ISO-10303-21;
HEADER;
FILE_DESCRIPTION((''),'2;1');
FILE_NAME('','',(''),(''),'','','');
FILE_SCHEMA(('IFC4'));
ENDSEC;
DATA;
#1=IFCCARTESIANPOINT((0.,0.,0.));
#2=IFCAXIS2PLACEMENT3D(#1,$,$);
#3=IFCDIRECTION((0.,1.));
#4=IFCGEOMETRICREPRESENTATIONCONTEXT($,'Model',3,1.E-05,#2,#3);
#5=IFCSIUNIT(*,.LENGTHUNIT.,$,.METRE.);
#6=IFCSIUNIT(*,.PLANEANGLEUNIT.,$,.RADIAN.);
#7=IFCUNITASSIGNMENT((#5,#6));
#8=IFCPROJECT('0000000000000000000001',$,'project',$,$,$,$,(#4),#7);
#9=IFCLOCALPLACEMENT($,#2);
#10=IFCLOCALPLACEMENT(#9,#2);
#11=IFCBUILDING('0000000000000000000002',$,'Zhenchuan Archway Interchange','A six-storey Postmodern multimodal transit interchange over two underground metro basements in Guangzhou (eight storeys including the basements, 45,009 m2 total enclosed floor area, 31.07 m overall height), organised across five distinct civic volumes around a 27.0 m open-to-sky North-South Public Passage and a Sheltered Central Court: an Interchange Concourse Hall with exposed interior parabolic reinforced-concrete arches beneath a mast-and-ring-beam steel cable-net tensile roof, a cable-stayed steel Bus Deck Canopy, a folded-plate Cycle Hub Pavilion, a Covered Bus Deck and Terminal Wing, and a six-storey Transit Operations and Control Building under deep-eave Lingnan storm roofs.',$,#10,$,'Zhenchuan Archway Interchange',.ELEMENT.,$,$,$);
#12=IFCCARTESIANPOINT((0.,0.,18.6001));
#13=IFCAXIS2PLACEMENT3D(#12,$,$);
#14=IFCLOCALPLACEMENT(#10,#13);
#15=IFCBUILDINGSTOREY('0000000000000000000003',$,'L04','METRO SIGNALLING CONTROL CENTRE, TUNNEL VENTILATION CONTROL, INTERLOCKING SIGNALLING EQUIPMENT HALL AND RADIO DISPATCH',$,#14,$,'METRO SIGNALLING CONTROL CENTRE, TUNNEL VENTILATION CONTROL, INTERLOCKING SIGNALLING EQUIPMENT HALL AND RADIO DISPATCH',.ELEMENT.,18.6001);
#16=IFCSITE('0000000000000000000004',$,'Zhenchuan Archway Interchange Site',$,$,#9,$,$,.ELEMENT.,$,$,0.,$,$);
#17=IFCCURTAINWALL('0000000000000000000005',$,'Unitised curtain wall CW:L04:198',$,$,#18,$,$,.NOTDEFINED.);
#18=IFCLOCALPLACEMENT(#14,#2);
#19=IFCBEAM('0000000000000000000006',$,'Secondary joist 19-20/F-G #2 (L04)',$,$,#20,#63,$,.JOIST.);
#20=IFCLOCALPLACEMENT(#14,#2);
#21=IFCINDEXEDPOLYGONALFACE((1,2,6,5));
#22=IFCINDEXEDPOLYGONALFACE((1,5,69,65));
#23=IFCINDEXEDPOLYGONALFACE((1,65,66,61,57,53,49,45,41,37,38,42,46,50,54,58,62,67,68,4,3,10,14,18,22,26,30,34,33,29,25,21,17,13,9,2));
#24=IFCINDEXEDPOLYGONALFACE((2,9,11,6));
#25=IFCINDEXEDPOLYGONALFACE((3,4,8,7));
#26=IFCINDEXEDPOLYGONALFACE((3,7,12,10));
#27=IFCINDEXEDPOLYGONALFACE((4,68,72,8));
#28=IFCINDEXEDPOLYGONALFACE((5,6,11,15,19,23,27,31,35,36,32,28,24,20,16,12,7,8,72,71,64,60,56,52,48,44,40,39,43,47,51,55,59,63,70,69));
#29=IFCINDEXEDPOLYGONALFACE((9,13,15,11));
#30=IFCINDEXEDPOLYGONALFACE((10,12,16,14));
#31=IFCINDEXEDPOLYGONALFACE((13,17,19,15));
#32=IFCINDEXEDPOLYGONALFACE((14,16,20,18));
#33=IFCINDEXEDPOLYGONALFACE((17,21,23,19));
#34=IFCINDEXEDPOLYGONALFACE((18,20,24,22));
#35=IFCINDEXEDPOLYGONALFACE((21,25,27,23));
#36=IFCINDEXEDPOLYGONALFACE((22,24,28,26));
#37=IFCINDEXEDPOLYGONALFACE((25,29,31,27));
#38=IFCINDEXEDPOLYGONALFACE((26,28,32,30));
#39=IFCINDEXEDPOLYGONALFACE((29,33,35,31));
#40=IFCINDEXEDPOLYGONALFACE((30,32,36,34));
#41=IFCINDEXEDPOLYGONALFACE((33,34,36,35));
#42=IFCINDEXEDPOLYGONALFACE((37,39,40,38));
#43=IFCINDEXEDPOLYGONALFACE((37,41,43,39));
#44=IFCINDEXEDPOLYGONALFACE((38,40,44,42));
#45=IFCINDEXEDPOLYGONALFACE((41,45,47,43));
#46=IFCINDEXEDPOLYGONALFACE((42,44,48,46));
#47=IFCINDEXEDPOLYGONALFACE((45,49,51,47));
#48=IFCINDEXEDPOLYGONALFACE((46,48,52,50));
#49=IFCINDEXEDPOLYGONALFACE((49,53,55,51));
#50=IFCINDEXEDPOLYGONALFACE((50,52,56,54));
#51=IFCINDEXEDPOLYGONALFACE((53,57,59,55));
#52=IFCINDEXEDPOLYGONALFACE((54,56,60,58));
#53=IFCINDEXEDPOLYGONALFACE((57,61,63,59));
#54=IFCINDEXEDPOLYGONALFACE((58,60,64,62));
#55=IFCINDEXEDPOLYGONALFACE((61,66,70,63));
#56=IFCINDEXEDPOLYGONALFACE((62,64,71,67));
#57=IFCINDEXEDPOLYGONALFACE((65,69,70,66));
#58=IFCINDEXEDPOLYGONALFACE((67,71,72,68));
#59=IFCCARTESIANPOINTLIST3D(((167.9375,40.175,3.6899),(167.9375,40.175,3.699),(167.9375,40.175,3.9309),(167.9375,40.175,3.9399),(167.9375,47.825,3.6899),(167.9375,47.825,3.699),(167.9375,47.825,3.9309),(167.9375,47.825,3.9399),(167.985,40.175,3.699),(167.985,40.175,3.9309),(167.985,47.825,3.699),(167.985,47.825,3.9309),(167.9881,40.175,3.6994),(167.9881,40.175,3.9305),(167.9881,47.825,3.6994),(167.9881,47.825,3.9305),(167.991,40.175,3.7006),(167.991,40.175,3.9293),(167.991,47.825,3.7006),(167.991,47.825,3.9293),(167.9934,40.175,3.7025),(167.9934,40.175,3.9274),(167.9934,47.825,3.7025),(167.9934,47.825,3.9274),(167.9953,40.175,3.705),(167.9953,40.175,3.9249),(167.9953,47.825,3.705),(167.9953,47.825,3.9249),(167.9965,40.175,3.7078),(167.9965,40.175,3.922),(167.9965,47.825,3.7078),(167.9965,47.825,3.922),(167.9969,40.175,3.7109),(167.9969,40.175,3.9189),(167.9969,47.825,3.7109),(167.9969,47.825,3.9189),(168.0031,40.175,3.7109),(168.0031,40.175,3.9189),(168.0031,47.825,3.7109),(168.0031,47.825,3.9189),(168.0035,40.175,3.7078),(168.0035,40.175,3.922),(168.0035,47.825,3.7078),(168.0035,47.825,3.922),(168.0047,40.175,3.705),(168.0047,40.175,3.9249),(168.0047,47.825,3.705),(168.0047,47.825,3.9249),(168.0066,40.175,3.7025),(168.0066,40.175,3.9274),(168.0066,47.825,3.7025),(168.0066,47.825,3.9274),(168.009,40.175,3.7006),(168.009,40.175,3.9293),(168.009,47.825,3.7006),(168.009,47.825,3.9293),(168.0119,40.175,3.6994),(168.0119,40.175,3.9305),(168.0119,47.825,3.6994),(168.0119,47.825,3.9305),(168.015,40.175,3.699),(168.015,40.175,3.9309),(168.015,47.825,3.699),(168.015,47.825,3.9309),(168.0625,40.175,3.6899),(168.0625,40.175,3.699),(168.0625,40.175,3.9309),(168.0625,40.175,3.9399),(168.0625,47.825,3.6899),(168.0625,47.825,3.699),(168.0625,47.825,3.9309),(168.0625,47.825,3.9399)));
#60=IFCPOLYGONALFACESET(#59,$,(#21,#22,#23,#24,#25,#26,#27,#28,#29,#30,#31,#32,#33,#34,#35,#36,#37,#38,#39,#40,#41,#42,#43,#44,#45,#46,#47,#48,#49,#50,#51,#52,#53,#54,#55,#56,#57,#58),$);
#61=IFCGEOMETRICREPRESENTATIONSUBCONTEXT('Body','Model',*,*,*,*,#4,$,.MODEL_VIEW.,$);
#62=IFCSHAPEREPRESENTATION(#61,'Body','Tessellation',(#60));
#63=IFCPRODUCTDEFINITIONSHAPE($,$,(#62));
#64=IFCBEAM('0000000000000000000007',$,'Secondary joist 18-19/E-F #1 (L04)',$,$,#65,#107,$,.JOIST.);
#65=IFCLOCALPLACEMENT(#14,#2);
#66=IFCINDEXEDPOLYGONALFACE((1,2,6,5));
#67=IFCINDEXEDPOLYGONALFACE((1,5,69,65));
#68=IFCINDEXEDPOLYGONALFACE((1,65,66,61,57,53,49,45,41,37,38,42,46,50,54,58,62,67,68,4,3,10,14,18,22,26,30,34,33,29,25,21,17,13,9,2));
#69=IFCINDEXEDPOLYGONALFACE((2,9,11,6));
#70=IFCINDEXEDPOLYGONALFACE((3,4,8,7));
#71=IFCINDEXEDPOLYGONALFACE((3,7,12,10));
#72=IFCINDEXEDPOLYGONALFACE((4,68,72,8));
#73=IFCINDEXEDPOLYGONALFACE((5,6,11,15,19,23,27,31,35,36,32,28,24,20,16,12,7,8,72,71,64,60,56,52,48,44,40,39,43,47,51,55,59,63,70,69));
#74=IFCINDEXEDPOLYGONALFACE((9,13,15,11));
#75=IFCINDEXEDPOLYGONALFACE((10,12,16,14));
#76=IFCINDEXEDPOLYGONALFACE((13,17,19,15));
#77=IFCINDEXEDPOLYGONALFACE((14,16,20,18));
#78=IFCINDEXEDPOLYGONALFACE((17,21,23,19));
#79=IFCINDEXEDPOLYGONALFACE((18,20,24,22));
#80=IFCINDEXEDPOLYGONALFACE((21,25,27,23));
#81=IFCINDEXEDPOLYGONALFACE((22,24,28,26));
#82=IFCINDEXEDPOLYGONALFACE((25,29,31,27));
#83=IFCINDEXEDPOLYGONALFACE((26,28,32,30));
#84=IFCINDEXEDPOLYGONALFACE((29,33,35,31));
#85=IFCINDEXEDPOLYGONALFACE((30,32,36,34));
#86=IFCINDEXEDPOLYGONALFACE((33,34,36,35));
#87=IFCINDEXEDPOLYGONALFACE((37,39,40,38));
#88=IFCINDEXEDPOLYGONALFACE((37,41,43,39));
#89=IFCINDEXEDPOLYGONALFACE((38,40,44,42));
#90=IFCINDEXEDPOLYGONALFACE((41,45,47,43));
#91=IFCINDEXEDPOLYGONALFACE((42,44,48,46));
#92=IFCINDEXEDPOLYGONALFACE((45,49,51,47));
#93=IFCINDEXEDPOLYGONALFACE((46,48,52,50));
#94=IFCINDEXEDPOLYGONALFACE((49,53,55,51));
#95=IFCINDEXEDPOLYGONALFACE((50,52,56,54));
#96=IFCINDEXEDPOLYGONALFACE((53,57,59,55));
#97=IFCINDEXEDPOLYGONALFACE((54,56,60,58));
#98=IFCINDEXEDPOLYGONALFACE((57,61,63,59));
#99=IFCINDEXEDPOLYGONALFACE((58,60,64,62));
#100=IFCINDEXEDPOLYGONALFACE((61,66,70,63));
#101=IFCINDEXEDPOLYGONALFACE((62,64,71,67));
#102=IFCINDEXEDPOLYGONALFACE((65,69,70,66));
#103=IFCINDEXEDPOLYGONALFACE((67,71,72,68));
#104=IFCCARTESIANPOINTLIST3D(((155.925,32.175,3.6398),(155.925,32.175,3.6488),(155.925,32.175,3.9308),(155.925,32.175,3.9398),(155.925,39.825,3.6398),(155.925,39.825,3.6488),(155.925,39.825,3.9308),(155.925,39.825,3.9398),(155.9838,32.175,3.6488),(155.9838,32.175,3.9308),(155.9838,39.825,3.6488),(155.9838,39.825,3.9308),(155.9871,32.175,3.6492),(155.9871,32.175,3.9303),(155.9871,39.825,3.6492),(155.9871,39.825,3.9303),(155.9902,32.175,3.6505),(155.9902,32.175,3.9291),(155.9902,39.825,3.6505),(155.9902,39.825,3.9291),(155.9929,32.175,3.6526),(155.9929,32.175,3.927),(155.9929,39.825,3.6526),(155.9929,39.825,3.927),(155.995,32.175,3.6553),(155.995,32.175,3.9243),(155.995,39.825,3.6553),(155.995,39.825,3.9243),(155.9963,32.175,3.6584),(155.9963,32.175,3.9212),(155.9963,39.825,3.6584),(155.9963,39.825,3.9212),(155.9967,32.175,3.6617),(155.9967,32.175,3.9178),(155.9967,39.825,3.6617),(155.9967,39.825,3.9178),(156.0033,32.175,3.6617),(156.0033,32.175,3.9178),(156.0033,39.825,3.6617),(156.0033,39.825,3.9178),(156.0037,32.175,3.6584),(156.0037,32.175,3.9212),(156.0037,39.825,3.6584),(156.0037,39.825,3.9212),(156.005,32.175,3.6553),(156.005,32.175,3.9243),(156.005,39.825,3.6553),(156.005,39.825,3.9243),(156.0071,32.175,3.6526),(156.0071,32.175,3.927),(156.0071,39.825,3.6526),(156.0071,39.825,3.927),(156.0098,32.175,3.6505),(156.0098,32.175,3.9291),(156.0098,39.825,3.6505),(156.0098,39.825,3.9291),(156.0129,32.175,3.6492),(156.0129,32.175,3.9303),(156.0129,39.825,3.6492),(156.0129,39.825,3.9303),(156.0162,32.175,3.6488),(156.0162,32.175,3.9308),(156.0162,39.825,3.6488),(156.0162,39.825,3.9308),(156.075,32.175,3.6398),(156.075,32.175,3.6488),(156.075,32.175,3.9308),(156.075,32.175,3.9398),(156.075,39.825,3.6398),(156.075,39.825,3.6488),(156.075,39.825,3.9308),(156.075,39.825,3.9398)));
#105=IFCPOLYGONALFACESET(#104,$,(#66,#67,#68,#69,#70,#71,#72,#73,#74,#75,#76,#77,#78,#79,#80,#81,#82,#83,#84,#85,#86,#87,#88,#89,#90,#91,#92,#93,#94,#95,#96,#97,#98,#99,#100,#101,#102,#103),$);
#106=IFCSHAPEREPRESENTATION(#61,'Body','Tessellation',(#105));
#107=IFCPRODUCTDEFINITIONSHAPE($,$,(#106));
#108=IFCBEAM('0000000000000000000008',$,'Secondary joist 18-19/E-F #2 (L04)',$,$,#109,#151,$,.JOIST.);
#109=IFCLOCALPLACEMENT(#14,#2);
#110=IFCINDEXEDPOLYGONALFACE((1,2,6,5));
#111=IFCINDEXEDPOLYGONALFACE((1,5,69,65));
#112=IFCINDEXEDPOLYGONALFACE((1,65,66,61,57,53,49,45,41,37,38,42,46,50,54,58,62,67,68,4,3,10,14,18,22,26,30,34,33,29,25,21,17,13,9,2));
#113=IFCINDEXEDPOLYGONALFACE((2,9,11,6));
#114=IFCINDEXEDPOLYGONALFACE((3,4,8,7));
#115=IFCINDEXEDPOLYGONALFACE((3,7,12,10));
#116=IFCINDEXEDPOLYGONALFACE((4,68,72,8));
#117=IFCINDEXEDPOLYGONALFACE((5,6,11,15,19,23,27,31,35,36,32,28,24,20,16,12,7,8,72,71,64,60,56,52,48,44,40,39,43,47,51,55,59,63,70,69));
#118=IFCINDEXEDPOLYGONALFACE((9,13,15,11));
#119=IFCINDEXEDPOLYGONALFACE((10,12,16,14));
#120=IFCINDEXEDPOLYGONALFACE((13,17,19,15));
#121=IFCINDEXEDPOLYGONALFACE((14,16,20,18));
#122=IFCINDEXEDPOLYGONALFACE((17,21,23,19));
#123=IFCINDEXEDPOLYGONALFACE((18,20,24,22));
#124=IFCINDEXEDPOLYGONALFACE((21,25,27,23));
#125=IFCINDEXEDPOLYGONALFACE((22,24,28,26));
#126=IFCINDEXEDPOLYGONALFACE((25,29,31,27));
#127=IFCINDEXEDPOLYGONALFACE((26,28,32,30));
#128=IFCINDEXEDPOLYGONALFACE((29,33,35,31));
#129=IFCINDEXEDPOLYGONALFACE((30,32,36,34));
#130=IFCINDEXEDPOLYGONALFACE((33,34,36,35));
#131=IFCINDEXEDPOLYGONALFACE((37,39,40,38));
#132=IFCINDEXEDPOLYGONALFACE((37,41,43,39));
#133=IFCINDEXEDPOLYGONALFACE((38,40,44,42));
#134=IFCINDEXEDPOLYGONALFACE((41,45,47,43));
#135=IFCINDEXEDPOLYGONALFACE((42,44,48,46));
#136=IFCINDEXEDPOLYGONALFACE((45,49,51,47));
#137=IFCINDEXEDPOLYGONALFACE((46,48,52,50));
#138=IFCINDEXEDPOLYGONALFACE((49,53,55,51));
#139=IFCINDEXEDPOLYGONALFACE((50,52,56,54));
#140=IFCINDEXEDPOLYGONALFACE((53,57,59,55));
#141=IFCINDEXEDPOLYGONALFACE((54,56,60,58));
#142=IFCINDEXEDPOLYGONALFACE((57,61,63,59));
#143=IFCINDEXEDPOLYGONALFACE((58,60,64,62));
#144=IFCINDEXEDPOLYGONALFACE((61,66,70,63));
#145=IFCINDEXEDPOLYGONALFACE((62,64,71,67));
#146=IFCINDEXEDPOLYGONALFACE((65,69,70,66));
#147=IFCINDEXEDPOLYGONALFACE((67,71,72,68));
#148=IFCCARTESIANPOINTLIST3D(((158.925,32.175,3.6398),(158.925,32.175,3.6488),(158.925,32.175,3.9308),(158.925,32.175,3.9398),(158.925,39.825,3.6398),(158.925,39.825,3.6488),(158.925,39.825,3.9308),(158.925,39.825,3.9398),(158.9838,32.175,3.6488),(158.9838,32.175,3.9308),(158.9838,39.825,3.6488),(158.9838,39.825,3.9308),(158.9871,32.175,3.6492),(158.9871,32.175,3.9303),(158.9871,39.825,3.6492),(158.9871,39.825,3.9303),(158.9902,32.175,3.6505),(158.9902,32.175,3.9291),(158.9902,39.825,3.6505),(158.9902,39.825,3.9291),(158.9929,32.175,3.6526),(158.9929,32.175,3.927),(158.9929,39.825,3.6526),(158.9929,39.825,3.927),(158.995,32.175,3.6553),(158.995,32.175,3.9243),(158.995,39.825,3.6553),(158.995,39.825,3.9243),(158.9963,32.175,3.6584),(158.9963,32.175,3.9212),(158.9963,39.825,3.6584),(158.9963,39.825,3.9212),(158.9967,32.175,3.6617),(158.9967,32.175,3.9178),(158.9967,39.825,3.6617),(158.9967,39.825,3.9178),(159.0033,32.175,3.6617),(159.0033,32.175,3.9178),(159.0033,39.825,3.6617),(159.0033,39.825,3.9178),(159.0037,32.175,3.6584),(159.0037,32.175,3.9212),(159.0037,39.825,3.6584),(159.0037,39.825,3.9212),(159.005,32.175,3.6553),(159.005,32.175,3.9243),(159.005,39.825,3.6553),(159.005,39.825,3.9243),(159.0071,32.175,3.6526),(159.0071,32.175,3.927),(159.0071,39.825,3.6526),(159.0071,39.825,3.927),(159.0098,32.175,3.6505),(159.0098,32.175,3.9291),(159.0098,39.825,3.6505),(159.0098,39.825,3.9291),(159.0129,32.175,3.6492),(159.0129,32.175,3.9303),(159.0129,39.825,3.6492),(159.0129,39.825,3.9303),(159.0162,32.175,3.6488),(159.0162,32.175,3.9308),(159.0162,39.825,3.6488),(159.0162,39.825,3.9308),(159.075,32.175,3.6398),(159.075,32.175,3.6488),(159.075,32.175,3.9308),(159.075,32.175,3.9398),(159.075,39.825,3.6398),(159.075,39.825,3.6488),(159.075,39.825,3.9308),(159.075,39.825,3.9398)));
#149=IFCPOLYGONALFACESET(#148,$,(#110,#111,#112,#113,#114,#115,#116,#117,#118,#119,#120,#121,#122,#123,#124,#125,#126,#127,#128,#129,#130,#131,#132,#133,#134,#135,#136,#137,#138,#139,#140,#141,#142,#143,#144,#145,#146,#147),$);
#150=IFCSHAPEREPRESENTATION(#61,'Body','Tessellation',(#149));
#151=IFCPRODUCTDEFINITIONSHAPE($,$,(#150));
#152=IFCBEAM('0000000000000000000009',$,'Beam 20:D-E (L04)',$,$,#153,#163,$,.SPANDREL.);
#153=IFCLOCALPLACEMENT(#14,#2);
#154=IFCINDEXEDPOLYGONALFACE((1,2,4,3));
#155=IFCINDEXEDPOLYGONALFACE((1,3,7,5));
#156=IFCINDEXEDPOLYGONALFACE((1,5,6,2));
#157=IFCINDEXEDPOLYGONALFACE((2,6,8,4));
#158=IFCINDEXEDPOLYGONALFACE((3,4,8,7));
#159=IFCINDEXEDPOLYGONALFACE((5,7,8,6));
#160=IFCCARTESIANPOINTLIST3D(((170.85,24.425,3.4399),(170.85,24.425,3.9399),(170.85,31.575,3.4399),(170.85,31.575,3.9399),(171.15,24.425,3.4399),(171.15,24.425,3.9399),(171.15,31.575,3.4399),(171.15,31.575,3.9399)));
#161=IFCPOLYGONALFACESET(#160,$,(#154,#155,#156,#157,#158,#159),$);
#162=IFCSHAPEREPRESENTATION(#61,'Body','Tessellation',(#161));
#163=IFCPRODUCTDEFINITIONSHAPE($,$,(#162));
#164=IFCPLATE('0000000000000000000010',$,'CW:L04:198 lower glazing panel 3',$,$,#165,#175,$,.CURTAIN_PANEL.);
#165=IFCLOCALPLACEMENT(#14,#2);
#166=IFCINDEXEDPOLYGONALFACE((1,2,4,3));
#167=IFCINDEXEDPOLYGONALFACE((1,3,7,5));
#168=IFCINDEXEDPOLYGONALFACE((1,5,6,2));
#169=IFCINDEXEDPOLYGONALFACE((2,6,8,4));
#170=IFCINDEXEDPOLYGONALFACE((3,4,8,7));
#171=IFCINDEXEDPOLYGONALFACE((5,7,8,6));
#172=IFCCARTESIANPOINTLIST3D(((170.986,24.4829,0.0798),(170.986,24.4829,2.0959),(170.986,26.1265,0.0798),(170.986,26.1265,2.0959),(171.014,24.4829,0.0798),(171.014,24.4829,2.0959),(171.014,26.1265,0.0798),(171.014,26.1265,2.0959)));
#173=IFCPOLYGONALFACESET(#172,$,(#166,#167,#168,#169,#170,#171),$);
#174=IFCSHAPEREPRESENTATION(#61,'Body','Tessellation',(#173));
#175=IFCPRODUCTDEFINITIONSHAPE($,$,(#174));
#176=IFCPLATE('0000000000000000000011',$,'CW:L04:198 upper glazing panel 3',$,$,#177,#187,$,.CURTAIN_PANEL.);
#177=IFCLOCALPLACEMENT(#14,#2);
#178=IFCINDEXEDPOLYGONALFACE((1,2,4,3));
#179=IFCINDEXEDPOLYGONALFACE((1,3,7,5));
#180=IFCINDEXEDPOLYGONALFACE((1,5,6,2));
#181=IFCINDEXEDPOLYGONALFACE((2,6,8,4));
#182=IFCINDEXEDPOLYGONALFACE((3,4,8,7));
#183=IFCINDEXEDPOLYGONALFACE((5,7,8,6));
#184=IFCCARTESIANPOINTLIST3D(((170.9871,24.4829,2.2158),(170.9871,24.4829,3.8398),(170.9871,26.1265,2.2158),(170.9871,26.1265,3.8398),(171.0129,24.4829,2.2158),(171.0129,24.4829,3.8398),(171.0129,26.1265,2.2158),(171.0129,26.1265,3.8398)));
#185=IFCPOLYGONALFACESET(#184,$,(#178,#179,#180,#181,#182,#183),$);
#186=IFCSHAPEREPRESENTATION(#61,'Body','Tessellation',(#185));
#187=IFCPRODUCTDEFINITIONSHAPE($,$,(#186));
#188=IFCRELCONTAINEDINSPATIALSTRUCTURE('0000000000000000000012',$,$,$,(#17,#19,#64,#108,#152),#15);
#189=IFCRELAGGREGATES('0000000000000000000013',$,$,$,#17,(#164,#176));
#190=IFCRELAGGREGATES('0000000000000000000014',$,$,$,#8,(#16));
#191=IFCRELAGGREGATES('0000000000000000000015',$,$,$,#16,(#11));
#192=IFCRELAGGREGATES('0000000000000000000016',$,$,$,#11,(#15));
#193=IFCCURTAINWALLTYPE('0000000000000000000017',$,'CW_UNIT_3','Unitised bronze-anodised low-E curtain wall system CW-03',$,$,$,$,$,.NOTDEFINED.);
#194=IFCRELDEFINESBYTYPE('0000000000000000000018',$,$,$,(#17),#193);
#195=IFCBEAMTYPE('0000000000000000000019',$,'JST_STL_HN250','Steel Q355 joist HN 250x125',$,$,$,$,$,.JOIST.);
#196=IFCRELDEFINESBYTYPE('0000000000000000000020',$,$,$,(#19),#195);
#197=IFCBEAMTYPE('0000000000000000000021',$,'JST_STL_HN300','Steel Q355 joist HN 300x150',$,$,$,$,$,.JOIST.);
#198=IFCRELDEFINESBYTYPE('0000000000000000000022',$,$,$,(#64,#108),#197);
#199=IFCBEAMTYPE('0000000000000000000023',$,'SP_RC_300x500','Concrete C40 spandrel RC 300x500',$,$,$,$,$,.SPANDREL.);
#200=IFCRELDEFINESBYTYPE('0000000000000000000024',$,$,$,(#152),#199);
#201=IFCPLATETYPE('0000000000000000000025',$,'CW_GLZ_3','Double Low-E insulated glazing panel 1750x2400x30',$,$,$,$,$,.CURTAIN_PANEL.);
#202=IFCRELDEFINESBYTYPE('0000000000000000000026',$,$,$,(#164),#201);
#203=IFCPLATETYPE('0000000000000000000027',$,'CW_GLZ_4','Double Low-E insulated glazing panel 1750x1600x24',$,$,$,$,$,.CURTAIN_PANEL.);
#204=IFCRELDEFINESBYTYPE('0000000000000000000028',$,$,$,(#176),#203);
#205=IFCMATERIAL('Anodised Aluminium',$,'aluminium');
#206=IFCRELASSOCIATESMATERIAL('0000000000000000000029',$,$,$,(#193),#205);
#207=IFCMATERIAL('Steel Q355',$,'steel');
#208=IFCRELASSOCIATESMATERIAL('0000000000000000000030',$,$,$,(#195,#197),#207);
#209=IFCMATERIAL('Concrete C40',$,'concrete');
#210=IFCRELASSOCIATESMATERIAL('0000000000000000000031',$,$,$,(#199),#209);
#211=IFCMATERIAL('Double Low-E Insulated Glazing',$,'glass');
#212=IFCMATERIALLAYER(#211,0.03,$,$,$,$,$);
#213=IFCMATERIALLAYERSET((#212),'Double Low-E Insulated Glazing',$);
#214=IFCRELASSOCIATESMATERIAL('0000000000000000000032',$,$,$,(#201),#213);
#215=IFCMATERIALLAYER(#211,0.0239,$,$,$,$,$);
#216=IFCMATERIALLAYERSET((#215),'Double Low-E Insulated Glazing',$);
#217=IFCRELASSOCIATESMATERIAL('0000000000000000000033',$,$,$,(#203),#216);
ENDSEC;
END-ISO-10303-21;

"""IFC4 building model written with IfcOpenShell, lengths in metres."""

from ifc_helpers import new_model, si_unit, direction, frame, origin, origin_2d, place, context, subcontext, project, spatial, rectangle, i_section, extrude, material, layer, layer_set, material_profile, profile_set, type_object, element, aggregate, save


model = new_model("IFC4")

# Units and contexts
model_context = context("Model", 3, precision=1e-05, world=origin(), true_north=direction((0.0, 1.0)))
body_context = subcontext(model_context, "Body", "Model", "MODEL_VIEW")
ifc_project = project(units=[si_unit("LENGTHUNIT", "METRE"), si_unit("PLANEANGLEUNIT", "RADIAN")], contexts=[model_context])

# Site, building, storey
site_placement = place(None, origin())
site = spatial("IfcSite", under=ifc_project, at=site_placement, Name="Zhenchuan Archway Interchange Site", CompositionType="ELEMENT", RefElevation=0.0)
building_placement = place(site_placement, origin())
building = spatial("IfcBuilding", under=site, at=building_placement, Name="Zhenchuan Archway Interchange", Description="A six-storey Postmodern multimodal transit interchange over two underground metro basements in Guangzhou (eight storeys including the basements, 45,009 m2 total enclosed floor area, 31.07 m overall height), organised across five distinct civic volumes around a 27.0 m open-to-sky North-South Public Passage and a Sheltered Central Court: an Interchange Concourse Hall with exposed interior parabolic reinforced-concrete arches beneath a mast-and-ring-beam steel cable-net tensile roof, a cable-stayed steel Bus Deck Canopy, a folded-plate Cycle Hub Pavilion, a Covered Bus Deck and Terminal Wing, and a six-storey Transit Operations and Control Building under deep-eave Lingnan storm roofs.", LongName="Zhenchuan Archway Interchange", CompositionType="ELEMENT")
storey_placement = place(building_placement, frame((0.0, 0.0, 18.6001)))
storey = spatial("IfcBuildingStorey", under=building, at=storey_placement, Name="L04", Description="METRO SIGNALLING CONTROL CENTRE, TUNNEL VENTILATION CONTROL, INTERLOCKING SIGNALLING EQUIPMENT HALL AND RADIO DISPATCH", LongName="METRO SIGNALLING CONTROL CENTRE, TUNNEL VENTILATION CONTROL, INTERLOCKING SIGNALLING EQUIPMENT HALL AND RADIO DISPATCH", CompositionType="ELEMENT", Elevation=18.6001)

# Shared definitions
ifc_material_1 = material(Name="Concrete C40", Category="concrete")

# Curtain wall
ifc_material_2 = material(Name="Anodised Aluminium", Category="aluminium")
curtain_wall_type = type_object("IfcCurtainWallType", Name="CW_UNIT_3", Description="Unitised bronze-anodised low-E curtain wall system CW-03", PredefinedType="NOTDEFINED", material=ifc_material_2)
curtain_wall_placement = place(storey_placement, origin())
curtain_wall = element("IfcCurtainWall", 1, at=curtain_wall_placement, inside=storey, type_object=curtain_wall_type, Name="Unitised curtain wall CW:L04:198", PredefinedType="NOTDEFINED")

# Beams
ifc_material_3 = material(Name="Steel Q355", Category="steel")
ifc_material_profile_1 = material_profile(ifc_material_3, i_section(OverallWidth=0.125, OverallDepth=0.25, WebThickness=0.0061, FlangeThickness=0.009, FilletRadius=0.012, at=origin_2d()), Name="HN 250x125")
ifc_profile_set_1 = profile_set([ifc_material_profile_1], Name="Steel Q355")
beam_type_1 = type_object("IfcBeamType", Name="JST_STL_HN250", Description="Steel Q355 joist HN 250x125", PredefinedType="JOIST", material=ifc_profile_set_1)
for number, where, z_axis, x_axis, name in (
    (2, (168.0, 40.175, 3.8149), (0.0, 1.0, 0.0), (-1.0, 0.0, 0.0), "Secondary joist 19-20/F-G #2 (L04)"),
):
    element("IfcBeam", number, at=place(storey_placement, frame(where, z_axis=z_axis, x_axis=x_axis)), inside=storey, type_object=beam_type_1, Name=name, PredefinedType="JOIST", context=body_context, shape_type="SweptSolid", body=[
        extrude(i_section(OverallWidth=0.125, OverallDepth=0.25, WebThickness=0.0061, FlangeThickness=0.009, FilletRadius=0.012, at=origin_2d()), origin(), (0.0, 0.0, 1.0), 7.6499),
    ])
ifc_material_profile_2 = material_profile(ifc_material_3, i_section(OverallWidth=0.1499, OverallDepth=0.3, WebThickness=0.0066, FlangeThickness=0.009, FilletRadius=0.0129, at=origin_2d()), Name="HN 300x150")
ifc_profile_set_2 = profile_set([ifc_material_profile_2], Name="Steel Q355")
beam_type_2 = type_object("IfcBeamType", Name="JST_STL_HN300", Description="Steel Q355 joist HN 300x150", PredefinedType="JOIST", material=ifc_profile_set_2)
for number, where, z_axis, x_axis, name in (
    (3, (156.0, 32.175, 3.7898), (0.0, 1.0, 0.0), (-1.0, 0.0, 0.0), "Secondary joist 18-19/E-F #1 (L04)"),
    (4, (159.0, 32.175, 3.7898), (0.0, 1.0, 0.0), (-1.0, 0.0, 0.0), "Secondary joist 18-19/E-F #2 (L04)"),
):
    element("IfcBeam", number, at=place(storey_placement, frame(where, z_axis=z_axis, x_axis=x_axis)), inside=storey, type_object=beam_type_2, Name=name, PredefinedType="JOIST", context=body_context, shape_type="SweptSolid", body=[
        extrude(i_section(OverallWidth=0.1499, OverallDepth=0.3, WebThickness=0.0066, FlangeThickness=0.009, FilletRadius=0.0129, at=origin_2d()), origin(), (0.0, 0.0, 1.0), 7.6499),
    ])
ifc_material_profile_3 = material_profile(ifc_material_1, rectangle(XDim=0.3, YDim=0.5, at=origin_2d()), Name="RC 300x500")
ifc_profile_set_3 = profile_set([ifc_material_profile_3], Name="Concrete C40")
beam_type_3 = type_object("IfcBeamType", Name="SP_RC_300x500", Description="Concrete C40 spandrel RC 300x500", PredefinedType="SPANDREL", material=ifc_profile_set_3)
beam_1_placement = place(storey_placement, frame((171.0, 24.425, 3.6899), z_axis=(0.0, 1.0, 0.0), x_axis=(-1.0, 0.0, 0.0)))
element("IfcBeam", 5, at=beam_1_placement, inside=storey, type_object=beam_type_3, Name="Beam 20:D-E (L04)", PredefinedType="SPANDREL", context=body_context, shape_type="SweptSolid", body=[
    extrude(rectangle(XDim=0.3, YDim=0.5, at=origin_2d()), origin(), (0.0, 0.0, 1.0), 7.1499),
])

# Plates
ifc_material_4 = material(Name="Double Low-E Insulated Glazing", Category="glass")
ifc_layer_1 = layer(ifc_material_4, 0.03)
ifc_layer_set_1 = layer_set([ifc_layer_1], Name="Double Low-E Insulated Glazing")
plate_type_1 = type_object("IfcPlateType", Name="CW_GLZ_3", Description="Double Low-E insulated glazing panel 1750x2400x30", PredefinedType="CURTAIN_PANEL", material=ifc_layer_set_1)
plate_1_placement = place(storey_placement, frame((171.0, 25.3047, 0.0798), z_axis=(0.0, 0.0, 1.0), x_axis=(0.0, -1.0, 0.0)))
plate_1 = element("IfcPlate", 6, at=plate_1_placement, type_object=plate_type_1, Name="CW:L04:198 lower glazing panel 3", PredefinedType="CURTAIN_PANEL", context=body_context, shape_type="SweptSolid", body=[
    extrude(rectangle(XDim=1.6436, YDim=0.0281, at=origin_2d()), origin(), (0.0, 0.0, 1.0), 2.0161),
])
ifc_layer_2 = layer(ifc_material_4, 0.0239)
ifc_layer_set_2 = layer_set([ifc_layer_2], Name="Double Low-E Insulated Glazing")
plate_type_2 = type_object("IfcPlateType", Name="CW_GLZ_4", Description="Double Low-E insulated glazing panel 1750x1600x24", PredefinedType="CURTAIN_PANEL", material=ifc_layer_set_2)
plate_2_placement = place(storey_placement, frame((171.0, 25.3047, 2.2158), z_axis=(0.0, 0.0, 1.0), x_axis=(0.0, -1.0, 0.0)))
plate_2 = element("IfcPlate", 7, at=plate_2_placement, type_object=plate_type_2, Name="CW:L04:198 upper glazing panel 3", PredefinedType="CURTAIN_PANEL", context=body_context, shape_type="SweptSolid", body=[
    extrude(rectangle(XDim=1.6436, YDim=0.0259, at=origin_2d()), origin(), (0.0, 0.0, 1.0), 1.624),
])
aggregate(curtain_wall, [plate_1, plate_2])

save(model, "model.ifc")
